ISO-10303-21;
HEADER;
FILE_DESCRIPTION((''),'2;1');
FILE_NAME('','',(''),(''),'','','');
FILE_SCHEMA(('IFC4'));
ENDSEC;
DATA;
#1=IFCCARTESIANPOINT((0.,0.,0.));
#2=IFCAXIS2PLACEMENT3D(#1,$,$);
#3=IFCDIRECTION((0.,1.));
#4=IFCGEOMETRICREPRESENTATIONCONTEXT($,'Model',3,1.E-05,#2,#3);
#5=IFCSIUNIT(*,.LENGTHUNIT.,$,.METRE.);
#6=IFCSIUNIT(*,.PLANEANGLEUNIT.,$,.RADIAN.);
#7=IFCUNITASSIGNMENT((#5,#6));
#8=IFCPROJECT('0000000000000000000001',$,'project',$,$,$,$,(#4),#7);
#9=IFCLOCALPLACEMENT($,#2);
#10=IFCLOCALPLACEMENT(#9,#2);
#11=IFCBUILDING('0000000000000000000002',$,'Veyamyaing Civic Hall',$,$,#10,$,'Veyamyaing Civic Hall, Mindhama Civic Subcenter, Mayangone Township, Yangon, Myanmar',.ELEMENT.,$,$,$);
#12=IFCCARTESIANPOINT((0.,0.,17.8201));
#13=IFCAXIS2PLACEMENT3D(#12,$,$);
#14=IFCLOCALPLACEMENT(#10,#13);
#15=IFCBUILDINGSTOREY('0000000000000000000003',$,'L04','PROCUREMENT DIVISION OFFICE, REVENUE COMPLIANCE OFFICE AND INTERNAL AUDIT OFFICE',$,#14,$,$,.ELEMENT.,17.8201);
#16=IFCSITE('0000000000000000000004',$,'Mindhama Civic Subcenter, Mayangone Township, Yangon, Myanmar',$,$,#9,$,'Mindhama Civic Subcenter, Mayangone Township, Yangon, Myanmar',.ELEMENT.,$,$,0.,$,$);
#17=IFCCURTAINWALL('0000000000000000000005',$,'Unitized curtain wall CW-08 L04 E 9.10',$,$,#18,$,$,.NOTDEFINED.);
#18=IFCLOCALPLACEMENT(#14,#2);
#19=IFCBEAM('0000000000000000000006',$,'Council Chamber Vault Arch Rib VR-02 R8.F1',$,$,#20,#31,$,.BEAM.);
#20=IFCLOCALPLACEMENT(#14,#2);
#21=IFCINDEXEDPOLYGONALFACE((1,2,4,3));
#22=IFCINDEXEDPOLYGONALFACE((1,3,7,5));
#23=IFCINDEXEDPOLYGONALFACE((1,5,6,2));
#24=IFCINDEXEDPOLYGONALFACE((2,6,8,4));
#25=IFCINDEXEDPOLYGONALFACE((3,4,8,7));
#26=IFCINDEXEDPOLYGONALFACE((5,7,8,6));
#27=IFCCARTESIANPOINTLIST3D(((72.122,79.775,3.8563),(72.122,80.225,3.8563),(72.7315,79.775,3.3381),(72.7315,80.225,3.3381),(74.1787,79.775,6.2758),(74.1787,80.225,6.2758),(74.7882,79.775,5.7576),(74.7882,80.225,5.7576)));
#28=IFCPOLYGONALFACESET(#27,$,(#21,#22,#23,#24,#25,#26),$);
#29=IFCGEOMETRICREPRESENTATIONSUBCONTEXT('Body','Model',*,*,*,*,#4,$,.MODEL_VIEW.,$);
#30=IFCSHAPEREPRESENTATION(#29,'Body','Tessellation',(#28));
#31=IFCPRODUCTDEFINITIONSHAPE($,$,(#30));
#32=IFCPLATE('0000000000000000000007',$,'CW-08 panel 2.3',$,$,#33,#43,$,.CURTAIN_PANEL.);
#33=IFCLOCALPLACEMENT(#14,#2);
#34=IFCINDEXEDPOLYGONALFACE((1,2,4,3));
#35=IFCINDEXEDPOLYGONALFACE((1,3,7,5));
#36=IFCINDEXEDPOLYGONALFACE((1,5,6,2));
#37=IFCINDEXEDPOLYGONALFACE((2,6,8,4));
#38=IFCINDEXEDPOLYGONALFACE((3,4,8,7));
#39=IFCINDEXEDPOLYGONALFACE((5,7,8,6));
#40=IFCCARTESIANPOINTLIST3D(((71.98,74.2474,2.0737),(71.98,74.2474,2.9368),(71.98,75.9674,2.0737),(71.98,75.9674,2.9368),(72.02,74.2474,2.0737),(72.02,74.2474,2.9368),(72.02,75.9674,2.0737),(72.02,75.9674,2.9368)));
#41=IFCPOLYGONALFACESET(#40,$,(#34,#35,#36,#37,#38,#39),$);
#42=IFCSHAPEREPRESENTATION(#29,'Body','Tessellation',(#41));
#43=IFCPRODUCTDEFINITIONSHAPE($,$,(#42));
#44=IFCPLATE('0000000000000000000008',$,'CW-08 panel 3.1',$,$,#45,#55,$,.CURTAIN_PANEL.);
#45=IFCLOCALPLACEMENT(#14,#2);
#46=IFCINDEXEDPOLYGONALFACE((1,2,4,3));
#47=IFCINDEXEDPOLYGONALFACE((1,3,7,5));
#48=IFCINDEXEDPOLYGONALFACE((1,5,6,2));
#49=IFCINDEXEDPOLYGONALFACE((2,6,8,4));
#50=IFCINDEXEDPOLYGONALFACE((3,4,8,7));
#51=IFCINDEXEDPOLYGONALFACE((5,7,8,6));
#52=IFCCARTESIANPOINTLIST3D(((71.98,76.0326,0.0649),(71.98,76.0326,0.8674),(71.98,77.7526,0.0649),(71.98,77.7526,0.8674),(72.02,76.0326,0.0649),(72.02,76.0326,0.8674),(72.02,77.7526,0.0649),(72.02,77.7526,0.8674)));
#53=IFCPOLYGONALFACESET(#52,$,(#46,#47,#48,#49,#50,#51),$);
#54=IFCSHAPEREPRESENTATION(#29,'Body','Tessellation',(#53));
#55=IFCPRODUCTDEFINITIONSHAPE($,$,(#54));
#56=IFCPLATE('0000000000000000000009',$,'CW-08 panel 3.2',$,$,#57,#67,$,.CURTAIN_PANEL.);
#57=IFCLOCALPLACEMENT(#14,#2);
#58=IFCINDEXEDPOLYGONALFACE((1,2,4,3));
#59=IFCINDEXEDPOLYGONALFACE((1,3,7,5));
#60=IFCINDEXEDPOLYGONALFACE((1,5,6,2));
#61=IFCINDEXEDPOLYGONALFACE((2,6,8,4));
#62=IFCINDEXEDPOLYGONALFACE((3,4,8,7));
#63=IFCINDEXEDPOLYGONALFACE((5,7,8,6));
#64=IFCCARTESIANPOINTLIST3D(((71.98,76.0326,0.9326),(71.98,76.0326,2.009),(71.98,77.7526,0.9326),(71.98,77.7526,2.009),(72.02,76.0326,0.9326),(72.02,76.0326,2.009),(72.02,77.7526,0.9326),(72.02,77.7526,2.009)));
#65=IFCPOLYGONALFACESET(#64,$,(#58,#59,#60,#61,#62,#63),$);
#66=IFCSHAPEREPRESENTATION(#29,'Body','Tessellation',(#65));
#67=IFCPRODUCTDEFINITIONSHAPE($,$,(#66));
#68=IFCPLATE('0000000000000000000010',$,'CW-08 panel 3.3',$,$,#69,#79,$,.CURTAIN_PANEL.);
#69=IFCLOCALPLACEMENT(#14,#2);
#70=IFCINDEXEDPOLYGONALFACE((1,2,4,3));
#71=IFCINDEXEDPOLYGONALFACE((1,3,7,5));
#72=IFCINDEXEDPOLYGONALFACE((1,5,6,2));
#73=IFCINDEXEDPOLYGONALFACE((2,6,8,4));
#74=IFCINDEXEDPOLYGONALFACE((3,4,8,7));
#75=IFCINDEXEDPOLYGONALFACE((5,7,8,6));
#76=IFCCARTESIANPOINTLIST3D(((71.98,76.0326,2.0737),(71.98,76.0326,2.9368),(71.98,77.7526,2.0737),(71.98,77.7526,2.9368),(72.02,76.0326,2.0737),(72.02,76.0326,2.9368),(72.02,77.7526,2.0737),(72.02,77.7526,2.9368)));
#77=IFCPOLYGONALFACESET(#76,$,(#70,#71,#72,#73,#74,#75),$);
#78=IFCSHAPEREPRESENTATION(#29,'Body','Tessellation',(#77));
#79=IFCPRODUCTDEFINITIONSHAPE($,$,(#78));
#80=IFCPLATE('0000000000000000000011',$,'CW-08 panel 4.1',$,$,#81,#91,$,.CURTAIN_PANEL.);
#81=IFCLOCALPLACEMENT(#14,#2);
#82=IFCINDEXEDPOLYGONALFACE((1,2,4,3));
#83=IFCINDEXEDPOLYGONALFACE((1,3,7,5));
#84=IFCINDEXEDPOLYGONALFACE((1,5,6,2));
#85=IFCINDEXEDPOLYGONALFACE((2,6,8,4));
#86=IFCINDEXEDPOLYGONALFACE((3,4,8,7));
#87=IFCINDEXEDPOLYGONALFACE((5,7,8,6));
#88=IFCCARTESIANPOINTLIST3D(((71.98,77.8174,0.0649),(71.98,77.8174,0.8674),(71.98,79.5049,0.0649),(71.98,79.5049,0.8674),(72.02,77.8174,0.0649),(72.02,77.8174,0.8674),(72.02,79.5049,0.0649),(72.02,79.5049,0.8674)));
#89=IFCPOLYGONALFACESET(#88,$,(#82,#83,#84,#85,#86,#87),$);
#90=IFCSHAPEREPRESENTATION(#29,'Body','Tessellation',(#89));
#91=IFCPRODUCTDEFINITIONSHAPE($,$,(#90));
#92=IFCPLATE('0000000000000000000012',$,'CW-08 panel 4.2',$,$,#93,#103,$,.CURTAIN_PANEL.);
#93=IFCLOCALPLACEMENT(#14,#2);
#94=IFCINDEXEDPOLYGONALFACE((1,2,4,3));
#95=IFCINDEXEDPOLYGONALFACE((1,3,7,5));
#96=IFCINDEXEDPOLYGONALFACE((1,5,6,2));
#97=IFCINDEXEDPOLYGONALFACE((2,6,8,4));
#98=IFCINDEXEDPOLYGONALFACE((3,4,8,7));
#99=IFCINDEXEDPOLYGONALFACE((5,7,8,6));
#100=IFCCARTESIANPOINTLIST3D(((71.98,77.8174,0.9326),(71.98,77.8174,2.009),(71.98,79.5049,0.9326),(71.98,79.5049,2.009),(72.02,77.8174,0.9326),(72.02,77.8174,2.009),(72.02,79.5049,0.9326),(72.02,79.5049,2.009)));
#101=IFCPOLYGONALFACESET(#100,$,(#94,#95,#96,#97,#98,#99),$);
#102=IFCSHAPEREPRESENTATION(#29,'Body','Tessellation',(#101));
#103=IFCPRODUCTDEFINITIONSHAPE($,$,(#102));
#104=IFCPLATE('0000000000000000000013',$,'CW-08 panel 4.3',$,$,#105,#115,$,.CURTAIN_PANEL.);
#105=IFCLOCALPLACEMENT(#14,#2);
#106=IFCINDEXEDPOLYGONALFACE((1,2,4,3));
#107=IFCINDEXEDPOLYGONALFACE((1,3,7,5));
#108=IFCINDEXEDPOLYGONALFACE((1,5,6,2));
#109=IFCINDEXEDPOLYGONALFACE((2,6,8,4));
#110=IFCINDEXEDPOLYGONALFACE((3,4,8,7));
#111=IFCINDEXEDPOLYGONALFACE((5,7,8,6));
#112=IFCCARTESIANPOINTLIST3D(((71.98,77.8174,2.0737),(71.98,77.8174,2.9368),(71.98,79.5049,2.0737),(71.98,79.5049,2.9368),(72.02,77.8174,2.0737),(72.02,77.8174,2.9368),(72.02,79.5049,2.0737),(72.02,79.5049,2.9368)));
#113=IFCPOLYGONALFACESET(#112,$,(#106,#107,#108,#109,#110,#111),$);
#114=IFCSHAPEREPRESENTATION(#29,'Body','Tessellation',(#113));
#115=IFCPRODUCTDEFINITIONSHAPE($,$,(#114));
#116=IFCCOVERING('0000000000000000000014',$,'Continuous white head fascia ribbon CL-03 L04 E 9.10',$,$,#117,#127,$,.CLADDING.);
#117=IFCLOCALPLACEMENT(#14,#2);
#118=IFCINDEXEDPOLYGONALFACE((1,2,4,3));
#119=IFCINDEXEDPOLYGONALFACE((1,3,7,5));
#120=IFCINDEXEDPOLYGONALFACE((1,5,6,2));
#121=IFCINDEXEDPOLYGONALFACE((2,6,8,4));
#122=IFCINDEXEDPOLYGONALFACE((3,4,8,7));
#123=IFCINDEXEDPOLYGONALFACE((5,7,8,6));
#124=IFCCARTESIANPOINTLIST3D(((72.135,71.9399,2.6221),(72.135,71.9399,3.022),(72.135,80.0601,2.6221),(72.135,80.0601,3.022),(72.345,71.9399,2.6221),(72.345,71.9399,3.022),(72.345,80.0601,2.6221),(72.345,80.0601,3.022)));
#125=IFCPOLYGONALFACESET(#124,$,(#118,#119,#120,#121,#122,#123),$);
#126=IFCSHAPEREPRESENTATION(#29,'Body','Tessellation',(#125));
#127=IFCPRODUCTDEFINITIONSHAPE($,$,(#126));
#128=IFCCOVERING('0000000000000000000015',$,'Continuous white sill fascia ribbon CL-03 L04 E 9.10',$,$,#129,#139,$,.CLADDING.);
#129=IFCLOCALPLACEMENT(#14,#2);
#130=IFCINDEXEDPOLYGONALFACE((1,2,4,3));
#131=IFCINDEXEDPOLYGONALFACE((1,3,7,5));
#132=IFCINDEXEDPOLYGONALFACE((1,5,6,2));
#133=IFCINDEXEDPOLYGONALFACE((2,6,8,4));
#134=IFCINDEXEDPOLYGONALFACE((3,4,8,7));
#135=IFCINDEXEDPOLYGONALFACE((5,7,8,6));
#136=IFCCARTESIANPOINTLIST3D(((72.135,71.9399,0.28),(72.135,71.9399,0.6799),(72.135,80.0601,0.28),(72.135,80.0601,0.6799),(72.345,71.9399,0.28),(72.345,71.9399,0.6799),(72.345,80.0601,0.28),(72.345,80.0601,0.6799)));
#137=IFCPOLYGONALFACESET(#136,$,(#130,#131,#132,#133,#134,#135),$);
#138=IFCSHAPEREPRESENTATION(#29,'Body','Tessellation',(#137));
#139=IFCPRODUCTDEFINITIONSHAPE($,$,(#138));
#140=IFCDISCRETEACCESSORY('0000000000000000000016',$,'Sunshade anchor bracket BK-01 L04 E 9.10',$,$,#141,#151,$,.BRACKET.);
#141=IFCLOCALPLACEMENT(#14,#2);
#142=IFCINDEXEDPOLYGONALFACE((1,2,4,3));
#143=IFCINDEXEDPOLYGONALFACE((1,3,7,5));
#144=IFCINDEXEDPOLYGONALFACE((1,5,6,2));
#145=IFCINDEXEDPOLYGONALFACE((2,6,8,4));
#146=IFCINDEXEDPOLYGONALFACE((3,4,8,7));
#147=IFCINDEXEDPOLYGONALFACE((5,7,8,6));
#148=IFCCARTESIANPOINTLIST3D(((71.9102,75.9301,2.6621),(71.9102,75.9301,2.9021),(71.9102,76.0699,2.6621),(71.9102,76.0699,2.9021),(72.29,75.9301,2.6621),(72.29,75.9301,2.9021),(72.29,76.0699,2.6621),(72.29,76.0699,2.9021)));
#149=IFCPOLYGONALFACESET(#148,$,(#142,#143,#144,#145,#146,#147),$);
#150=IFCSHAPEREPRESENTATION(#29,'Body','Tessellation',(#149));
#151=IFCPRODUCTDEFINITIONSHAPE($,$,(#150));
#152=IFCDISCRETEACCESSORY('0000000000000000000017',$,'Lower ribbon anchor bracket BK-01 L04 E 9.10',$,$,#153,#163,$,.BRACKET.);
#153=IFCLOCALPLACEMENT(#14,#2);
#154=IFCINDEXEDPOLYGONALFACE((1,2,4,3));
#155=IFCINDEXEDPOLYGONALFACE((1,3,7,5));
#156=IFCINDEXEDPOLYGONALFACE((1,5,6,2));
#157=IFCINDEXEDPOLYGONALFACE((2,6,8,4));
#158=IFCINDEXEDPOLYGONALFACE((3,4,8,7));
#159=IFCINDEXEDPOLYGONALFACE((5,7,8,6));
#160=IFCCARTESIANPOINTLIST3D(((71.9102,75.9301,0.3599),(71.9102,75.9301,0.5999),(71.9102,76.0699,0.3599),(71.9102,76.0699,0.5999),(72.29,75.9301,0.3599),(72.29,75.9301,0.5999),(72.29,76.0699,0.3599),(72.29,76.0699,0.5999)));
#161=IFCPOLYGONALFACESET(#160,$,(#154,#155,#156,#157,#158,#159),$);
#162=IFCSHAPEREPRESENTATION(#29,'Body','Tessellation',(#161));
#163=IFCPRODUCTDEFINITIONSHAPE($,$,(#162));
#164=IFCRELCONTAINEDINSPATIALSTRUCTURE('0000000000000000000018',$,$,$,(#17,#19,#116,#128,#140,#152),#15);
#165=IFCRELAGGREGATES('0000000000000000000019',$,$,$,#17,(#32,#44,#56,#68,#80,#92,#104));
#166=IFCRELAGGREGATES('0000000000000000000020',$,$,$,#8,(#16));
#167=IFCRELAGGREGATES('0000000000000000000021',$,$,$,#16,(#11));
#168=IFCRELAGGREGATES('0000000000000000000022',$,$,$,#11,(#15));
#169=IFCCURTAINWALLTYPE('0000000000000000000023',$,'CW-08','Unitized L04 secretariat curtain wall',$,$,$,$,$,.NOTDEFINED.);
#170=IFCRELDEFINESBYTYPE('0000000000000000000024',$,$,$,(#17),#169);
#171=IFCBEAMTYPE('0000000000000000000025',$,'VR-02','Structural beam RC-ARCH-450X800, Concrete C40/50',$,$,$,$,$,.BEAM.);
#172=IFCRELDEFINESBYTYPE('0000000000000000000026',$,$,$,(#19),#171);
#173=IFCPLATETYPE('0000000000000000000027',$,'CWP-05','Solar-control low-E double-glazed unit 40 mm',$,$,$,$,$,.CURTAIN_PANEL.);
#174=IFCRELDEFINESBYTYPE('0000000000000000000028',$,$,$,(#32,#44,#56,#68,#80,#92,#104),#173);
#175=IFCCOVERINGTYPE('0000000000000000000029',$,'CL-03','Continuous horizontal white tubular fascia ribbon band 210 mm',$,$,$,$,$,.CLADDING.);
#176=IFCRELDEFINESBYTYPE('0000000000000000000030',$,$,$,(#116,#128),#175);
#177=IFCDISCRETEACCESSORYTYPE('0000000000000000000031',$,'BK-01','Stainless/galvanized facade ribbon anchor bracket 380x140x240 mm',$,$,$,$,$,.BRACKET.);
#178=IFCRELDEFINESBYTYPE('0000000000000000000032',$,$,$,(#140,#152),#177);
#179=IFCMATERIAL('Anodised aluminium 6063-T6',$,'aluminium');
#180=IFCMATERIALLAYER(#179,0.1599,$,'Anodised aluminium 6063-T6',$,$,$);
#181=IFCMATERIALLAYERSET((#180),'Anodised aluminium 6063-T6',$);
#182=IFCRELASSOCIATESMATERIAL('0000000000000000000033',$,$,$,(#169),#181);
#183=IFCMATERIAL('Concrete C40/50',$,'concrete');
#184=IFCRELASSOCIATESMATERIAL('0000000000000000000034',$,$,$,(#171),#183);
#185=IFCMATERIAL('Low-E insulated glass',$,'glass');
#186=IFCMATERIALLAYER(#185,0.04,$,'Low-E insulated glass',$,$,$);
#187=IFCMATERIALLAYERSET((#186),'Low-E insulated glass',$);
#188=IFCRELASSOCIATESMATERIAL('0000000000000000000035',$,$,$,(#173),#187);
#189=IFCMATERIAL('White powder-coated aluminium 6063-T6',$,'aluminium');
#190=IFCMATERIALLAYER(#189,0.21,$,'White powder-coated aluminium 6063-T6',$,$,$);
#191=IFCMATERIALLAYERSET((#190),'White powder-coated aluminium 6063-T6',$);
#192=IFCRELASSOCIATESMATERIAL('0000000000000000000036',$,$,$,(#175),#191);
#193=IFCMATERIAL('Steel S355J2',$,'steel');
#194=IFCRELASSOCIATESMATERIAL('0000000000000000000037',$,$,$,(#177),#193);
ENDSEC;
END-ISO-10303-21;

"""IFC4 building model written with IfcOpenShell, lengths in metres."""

from ifc_helpers import new_model, si_unit, direction, frame, origin, origin_2d, place, context, subcontext, project, spatial, rectangle, extrude, material, layer, layer_set, material_profile, profile_set, type_object, element, aggregate, save


model = new_model("IFC4")

# Units and contexts
model_context = context("Model", 3, precision=1e-05, world=origin(), true_north=direction((0.0, 1.0)))
body_context = subcontext(model_context, "Body", "Model", "MODEL_VIEW")
ifc_project = project(units=[si_unit("LENGTHUNIT", "METRE"), si_unit("PLANEANGLEUNIT", "RADIAN")], contexts=[model_context])

# Site, building, storey
site_placement = place(None, origin())
site = spatial("IfcSite", under=ifc_project, at=site_placement, Name="Mindhama Civic Subcenter, Mayangone Township, Yangon, Myanmar", LongName="Mindhama Civic Subcenter, Mayangone Township, Yangon, Myanmar", CompositionType="ELEMENT", RefElevation=0.0)
building_placement = place(site_placement, origin())
building = spatial("IfcBuilding", under=site, at=building_placement, Name="Veyamyaing Civic Hall", LongName="Veyamyaing Civic Hall, Mindhama Civic Subcenter, Mayangone Township, Yangon, Myanmar", CompositionType="ELEMENT")
storey_placement = place(building_placement, frame((0.0, 0.0, 17.8201)))
storey = spatial("IfcBuildingStorey", under=building, at=storey_placement, Name="L04", Description="PROCUREMENT DIVISION OFFICE, REVENUE COMPLIANCE OFFICE AND INTERNAL AUDIT OFFICE", CompositionType="ELEMENT", Elevation=17.8201)

# Shared definitions
ifc_material_1 = material(Name="Steel S355J2", Category="steel")

# Curtain wall
ifc_material_2 = material(Name="Anodised aluminium 6063-T6", Category="aluminium")
ifc_layer_1 = layer(ifc_material_2, 0.1599, Name="Anodised aluminium 6063-T6")
ifc_layer_set_1 = layer_set([ifc_layer_1], Name="Anodised aluminium 6063-T6")
curtain_wall_type = type_object("IfcCurtainWallType", Name="CW-08", Description="Unitized L04 secretariat curtain wall", PredefinedType="NOTDEFINED", material=ifc_layer_set_1)
curtain_wall_placement = place(storey_placement, origin())
curtain_wall = element("IfcCurtainWall", 1, at=curtain_wall_placement, inside=storey, type_object=curtain_wall_type, Name="Unitized curtain wall CW-08 L04 E 9.10", PredefinedType="NOTDEFINED")

# Beam
ifc_material_3 = material(Name="Concrete C40/50", Category="concrete")
ifc_material_profile_1 = material_profile(ifc_material_3, rectangle(XDim=0.45, YDim=0.8, at=origin_2d()), Name="RC-ARCH-450X800")
ifc_profile_set_1 = profile_set([ifc_material_profile_1], Name="Concrete C40/50")
beam_type_1 = type_object("IfcBeamType", Name="VR-02", Description="Structural beam RC-ARCH-450X800, Concrete C40/50", PredefinedType="BEAM", material=ifc_profile_set_1)
beam_1_placement = place(storey_placement, frame((72.4268, 80.0, 3.5972), z_axis=(0.647671, 0.0, 0.76192), x_axis=(0.0, 1.0, 0.0)))
element("IfcBeam", 2, at=beam_1_placement, inside=storey, type_object=beam_type_1, Name="Council Chamber Vault Arch Rib VR-02 R8.F1", PredefinedType="BEAM", context=body_context, shape_type="SweptSolid", body=[
    extrude(rectangle(XDim=0.45, YDim=0.8, at=origin_2d()), origin(), (0.0, 0.0, 1.0), 3.1755),
])

# Plates
ifc_material_4 = material(Name="Low-E insulated glass", Category="glass")
ifc_layer_2 = layer(ifc_material_4, 0.04, Name="Low-E insulated glass")
ifc_layer_set_2 = layer_set([ifc_layer_2], Name="Low-E insulated glass")
plate_type = type_object("IfcPlateType", Name="CWP-05", Description="Solar-control low-E double-glazed unit 40 mm", PredefinedType="CURTAIN_PANEL", material=ifc_layer_set_2)
plate_1_placement = place(storey_placement, frame((72.0, 75.1074, 2.0737), z_axis=(0.0, 0.0, 1.0), x_axis=(0.0, 1.0, 0.0)))
plate_1 = element("IfcPlate", 3, at=plate_1_placement, type_object=plate_type, Name="CW-08 panel 2.3", PredefinedType="CURTAIN_PANEL", context=body_context, shape_type="SweptSolid", body=[
    extrude(rectangle(XDim=1.72, YDim=0.04, at=origin_2d()), origin(), (0.0, 0.0, 1.0), 0.863),
])
plate_2_placement = place(storey_placement, frame((72.0, 76.8926, 0.0649), z_axis=(0.0, 0.0, 1.0), x_axis=(0.0, 1.0, 0.0)))
plate_2 = element("IfcPlate", 4, at=plate_2_placement, type_object=plate_type, Name="CW-08 panel 3.1", PredefinedType="CURTAIN_PANEL", context=body_context, shape_type="SweptSolid", body=[
    extrude(rectangle(XDim=1.72, YDim=0.04, at=origin_2d()), origin(), (0.0, 0.0, 1.0), 0.8025),
])
plate_3_placement = place(storey_placement, frame((72.0, 76.8926, 0.9326), z_axis=(0.0, 0.0, 1.0), x_axis=(0.0, 1.0, 0.0)))
plate_3 = element("IfcPlate", 5, at=plate_3_placement, type_object=plate_type, Name="CW-08 panel 3.2", PredefinedType="CURTAIN_PANEL", context=body_context, shape_type="SweptSolid", body=[
    extrude(rectangle(XDim=1.72, YDim=0.04, at=origin_2d()), origin(), (0.0, 0.0, 1.0), 1.0764),
])
plate_4_placement = place(storey_placement, frame((72.0, 76.8926, 2.0737), z_axis=(0.0, 0.0, 1.0), x_axis=(0.0, 1.0, 0.0)))
plate_4 = element("IfcPlate", 6, at=plate_4_placement, type_object=plate_type, Name="CW-08 panel 3.3", PredefinedType="CURTAIN_PANEL", context=body_context, shape_type="SweptSolid", body=[
    extrude(rectangle(XDim=1.72, YDim=0.04, at=origin_2d()), origin(), (0.0, 0.0, 1.0), 0.863),
])
plate_5_placement = place(storey_placement, frame((72.0, 78.6611, 0.0649), z_axis=(0.0, 0.0, 1.0), x_axis=(0.0, 1.0, 0.0)))
plate_5 = element("IfcPlate", 7, at=plate_5_placement, type_object=plate_type, Name="CW-08 panel 4.1", PredefinedType="CURTAIN_PANEL", context=body_context, shape_type="SweptSolid", body=[
    extrude(rectangle(XDim=1.6875, YDim=0.04, at=origin_2d()), origin(), (0.0, 0.0, 1.0), 0.8025),
])
plate_6_placement = place(storey_placement, frame((72.0, 78.6611, 0.9326), z_axis=(0.0, 0.0, 1.0), x_axis=(0.0, 1.0, 0.0)))
plate_6 = element("IfcPlate", 8, at=plate_6_placement, type_object=plate_type, Name="CW-08 panel 4.2", PredefinedType="CURTAIN_PANEL", context=body_context, shape_type="SweptSolid", body=[
    extrude(rectangle(XDim=1.6875, YDim=0.04, at=origin_2d()), origin(), (0.0, 0.0, 1.0), 1.0764),
])
plate_7_placement = place(storey_placement, frame((72.0, 78.6611, 2.0737), z_axis=(0.0, 0.0, 1.0), x_axis=(0.0, 1.0, 0.0)))
plate_7 = element("IfcPlate", 9, at=plate_7_placement, type_object=plate_type, Name="CW-08 panel 4.3", PredefinedType="CURTAIN_PANEL", context=body_context, shape_type="SweptSolid", body=[
    extrude(rectangle(XDim=1.6875, YDim=0.04, at=origin_2d()), origin(), (0.0, 0.0, 1.0), 0.863),
])
aggregate(curtain_wall, [plate_1, plate_2, plate_3, plate_4, plate_5, plate_6, plate_7])

# Coverings
ifc_material_5 = material(Name="White powder-coated aluminium 6063-T6", Category="aluminium")
ifc_layer_3 = layer(ifc_material_5, 0.21, Name="White powder-coated aluminium 6063-T6")
ifc_layer_set_3 = layer_set([ifc_layer_3], Name="White powder-coated aluminium 6063-T6")
covering_type = type_object("IfcCoveringType", Name="CL-03", Description="Continuous horizontal white tubular fascia ribbon band 210 mm", PredefinedType="CLADDING", material=ifc_layer_set_3)
for number, where, z_axis, x_axis, name in (
    (10, (72.24, 76.0, 2.6221), (0.0, 0.0, 1.0), (0.0, 1.0, 0.0), "Continuous white head fascia ribbon CL-03 L04 E 9.10"),
    (11, (72.24, 76.0, 0.28), (0.0, 0.0, 1.0), (0.0, 1.0, 0.0), "Continuous white sill fascia ribbon CL-03 L04 E 9.10"),
):
    element("IfcCovering", number, at=place(storey_placement, frame(where, z_axis=z_axis, x_axis=x_axis)), inside=storey, type_object=covering_type, Name=name, PredefinedType="CLADDING", context=body_context, shape_type="SweptSolid", body=[
        extrude(rectangle(XDim=8.1201, YDim=0.21, at=origin_2d()), origin(), (0.0, 0.0, 1.0), 0.3999),
    ])

# Discrete accessories
discrete_accessory_type = type_object("IfcDiscreteAccessoryType", Name="BK-01", Description="Stainless/galvanized facade ribbon anchor bracket 380x140x240 mm", PredefinedType="BRACKET", material=ifc_material_1)
for number, where, z_axis, x_axis, name in (
    (12, (72.1001, 76.0, 2.6621), (0.0, 0.0, 1.0), (1.0, 0.0, 0.0), "Sunshade anchor bracket BK-01 L04 E 9.10"),
    (13, (72.1001, 76.0, 0.3599), (0.0, 0.0, 1.0), (1.0, 0.0, 0.0), "Lower ribbon anchor bracket BK-01 L04 E 9.10"),
):
    element("IfcDiscreteAccessory", number, at=place(storey_placement, frame(where, z_axis=z_axis, x_axis=x_axis)), inside=storey, type_object=discrete_accessory_type, Name=name, PredefinedType="BRACKET", context=body_context, shape_type="SweptSolid", body=[
        extrude(rectangle(XDim=0.3799, YDim=0.1399, at=origin_2d()), origin(), (0.0, 0.0, 1.0), 0.24),
    ])

save(model, "model.ifc")
